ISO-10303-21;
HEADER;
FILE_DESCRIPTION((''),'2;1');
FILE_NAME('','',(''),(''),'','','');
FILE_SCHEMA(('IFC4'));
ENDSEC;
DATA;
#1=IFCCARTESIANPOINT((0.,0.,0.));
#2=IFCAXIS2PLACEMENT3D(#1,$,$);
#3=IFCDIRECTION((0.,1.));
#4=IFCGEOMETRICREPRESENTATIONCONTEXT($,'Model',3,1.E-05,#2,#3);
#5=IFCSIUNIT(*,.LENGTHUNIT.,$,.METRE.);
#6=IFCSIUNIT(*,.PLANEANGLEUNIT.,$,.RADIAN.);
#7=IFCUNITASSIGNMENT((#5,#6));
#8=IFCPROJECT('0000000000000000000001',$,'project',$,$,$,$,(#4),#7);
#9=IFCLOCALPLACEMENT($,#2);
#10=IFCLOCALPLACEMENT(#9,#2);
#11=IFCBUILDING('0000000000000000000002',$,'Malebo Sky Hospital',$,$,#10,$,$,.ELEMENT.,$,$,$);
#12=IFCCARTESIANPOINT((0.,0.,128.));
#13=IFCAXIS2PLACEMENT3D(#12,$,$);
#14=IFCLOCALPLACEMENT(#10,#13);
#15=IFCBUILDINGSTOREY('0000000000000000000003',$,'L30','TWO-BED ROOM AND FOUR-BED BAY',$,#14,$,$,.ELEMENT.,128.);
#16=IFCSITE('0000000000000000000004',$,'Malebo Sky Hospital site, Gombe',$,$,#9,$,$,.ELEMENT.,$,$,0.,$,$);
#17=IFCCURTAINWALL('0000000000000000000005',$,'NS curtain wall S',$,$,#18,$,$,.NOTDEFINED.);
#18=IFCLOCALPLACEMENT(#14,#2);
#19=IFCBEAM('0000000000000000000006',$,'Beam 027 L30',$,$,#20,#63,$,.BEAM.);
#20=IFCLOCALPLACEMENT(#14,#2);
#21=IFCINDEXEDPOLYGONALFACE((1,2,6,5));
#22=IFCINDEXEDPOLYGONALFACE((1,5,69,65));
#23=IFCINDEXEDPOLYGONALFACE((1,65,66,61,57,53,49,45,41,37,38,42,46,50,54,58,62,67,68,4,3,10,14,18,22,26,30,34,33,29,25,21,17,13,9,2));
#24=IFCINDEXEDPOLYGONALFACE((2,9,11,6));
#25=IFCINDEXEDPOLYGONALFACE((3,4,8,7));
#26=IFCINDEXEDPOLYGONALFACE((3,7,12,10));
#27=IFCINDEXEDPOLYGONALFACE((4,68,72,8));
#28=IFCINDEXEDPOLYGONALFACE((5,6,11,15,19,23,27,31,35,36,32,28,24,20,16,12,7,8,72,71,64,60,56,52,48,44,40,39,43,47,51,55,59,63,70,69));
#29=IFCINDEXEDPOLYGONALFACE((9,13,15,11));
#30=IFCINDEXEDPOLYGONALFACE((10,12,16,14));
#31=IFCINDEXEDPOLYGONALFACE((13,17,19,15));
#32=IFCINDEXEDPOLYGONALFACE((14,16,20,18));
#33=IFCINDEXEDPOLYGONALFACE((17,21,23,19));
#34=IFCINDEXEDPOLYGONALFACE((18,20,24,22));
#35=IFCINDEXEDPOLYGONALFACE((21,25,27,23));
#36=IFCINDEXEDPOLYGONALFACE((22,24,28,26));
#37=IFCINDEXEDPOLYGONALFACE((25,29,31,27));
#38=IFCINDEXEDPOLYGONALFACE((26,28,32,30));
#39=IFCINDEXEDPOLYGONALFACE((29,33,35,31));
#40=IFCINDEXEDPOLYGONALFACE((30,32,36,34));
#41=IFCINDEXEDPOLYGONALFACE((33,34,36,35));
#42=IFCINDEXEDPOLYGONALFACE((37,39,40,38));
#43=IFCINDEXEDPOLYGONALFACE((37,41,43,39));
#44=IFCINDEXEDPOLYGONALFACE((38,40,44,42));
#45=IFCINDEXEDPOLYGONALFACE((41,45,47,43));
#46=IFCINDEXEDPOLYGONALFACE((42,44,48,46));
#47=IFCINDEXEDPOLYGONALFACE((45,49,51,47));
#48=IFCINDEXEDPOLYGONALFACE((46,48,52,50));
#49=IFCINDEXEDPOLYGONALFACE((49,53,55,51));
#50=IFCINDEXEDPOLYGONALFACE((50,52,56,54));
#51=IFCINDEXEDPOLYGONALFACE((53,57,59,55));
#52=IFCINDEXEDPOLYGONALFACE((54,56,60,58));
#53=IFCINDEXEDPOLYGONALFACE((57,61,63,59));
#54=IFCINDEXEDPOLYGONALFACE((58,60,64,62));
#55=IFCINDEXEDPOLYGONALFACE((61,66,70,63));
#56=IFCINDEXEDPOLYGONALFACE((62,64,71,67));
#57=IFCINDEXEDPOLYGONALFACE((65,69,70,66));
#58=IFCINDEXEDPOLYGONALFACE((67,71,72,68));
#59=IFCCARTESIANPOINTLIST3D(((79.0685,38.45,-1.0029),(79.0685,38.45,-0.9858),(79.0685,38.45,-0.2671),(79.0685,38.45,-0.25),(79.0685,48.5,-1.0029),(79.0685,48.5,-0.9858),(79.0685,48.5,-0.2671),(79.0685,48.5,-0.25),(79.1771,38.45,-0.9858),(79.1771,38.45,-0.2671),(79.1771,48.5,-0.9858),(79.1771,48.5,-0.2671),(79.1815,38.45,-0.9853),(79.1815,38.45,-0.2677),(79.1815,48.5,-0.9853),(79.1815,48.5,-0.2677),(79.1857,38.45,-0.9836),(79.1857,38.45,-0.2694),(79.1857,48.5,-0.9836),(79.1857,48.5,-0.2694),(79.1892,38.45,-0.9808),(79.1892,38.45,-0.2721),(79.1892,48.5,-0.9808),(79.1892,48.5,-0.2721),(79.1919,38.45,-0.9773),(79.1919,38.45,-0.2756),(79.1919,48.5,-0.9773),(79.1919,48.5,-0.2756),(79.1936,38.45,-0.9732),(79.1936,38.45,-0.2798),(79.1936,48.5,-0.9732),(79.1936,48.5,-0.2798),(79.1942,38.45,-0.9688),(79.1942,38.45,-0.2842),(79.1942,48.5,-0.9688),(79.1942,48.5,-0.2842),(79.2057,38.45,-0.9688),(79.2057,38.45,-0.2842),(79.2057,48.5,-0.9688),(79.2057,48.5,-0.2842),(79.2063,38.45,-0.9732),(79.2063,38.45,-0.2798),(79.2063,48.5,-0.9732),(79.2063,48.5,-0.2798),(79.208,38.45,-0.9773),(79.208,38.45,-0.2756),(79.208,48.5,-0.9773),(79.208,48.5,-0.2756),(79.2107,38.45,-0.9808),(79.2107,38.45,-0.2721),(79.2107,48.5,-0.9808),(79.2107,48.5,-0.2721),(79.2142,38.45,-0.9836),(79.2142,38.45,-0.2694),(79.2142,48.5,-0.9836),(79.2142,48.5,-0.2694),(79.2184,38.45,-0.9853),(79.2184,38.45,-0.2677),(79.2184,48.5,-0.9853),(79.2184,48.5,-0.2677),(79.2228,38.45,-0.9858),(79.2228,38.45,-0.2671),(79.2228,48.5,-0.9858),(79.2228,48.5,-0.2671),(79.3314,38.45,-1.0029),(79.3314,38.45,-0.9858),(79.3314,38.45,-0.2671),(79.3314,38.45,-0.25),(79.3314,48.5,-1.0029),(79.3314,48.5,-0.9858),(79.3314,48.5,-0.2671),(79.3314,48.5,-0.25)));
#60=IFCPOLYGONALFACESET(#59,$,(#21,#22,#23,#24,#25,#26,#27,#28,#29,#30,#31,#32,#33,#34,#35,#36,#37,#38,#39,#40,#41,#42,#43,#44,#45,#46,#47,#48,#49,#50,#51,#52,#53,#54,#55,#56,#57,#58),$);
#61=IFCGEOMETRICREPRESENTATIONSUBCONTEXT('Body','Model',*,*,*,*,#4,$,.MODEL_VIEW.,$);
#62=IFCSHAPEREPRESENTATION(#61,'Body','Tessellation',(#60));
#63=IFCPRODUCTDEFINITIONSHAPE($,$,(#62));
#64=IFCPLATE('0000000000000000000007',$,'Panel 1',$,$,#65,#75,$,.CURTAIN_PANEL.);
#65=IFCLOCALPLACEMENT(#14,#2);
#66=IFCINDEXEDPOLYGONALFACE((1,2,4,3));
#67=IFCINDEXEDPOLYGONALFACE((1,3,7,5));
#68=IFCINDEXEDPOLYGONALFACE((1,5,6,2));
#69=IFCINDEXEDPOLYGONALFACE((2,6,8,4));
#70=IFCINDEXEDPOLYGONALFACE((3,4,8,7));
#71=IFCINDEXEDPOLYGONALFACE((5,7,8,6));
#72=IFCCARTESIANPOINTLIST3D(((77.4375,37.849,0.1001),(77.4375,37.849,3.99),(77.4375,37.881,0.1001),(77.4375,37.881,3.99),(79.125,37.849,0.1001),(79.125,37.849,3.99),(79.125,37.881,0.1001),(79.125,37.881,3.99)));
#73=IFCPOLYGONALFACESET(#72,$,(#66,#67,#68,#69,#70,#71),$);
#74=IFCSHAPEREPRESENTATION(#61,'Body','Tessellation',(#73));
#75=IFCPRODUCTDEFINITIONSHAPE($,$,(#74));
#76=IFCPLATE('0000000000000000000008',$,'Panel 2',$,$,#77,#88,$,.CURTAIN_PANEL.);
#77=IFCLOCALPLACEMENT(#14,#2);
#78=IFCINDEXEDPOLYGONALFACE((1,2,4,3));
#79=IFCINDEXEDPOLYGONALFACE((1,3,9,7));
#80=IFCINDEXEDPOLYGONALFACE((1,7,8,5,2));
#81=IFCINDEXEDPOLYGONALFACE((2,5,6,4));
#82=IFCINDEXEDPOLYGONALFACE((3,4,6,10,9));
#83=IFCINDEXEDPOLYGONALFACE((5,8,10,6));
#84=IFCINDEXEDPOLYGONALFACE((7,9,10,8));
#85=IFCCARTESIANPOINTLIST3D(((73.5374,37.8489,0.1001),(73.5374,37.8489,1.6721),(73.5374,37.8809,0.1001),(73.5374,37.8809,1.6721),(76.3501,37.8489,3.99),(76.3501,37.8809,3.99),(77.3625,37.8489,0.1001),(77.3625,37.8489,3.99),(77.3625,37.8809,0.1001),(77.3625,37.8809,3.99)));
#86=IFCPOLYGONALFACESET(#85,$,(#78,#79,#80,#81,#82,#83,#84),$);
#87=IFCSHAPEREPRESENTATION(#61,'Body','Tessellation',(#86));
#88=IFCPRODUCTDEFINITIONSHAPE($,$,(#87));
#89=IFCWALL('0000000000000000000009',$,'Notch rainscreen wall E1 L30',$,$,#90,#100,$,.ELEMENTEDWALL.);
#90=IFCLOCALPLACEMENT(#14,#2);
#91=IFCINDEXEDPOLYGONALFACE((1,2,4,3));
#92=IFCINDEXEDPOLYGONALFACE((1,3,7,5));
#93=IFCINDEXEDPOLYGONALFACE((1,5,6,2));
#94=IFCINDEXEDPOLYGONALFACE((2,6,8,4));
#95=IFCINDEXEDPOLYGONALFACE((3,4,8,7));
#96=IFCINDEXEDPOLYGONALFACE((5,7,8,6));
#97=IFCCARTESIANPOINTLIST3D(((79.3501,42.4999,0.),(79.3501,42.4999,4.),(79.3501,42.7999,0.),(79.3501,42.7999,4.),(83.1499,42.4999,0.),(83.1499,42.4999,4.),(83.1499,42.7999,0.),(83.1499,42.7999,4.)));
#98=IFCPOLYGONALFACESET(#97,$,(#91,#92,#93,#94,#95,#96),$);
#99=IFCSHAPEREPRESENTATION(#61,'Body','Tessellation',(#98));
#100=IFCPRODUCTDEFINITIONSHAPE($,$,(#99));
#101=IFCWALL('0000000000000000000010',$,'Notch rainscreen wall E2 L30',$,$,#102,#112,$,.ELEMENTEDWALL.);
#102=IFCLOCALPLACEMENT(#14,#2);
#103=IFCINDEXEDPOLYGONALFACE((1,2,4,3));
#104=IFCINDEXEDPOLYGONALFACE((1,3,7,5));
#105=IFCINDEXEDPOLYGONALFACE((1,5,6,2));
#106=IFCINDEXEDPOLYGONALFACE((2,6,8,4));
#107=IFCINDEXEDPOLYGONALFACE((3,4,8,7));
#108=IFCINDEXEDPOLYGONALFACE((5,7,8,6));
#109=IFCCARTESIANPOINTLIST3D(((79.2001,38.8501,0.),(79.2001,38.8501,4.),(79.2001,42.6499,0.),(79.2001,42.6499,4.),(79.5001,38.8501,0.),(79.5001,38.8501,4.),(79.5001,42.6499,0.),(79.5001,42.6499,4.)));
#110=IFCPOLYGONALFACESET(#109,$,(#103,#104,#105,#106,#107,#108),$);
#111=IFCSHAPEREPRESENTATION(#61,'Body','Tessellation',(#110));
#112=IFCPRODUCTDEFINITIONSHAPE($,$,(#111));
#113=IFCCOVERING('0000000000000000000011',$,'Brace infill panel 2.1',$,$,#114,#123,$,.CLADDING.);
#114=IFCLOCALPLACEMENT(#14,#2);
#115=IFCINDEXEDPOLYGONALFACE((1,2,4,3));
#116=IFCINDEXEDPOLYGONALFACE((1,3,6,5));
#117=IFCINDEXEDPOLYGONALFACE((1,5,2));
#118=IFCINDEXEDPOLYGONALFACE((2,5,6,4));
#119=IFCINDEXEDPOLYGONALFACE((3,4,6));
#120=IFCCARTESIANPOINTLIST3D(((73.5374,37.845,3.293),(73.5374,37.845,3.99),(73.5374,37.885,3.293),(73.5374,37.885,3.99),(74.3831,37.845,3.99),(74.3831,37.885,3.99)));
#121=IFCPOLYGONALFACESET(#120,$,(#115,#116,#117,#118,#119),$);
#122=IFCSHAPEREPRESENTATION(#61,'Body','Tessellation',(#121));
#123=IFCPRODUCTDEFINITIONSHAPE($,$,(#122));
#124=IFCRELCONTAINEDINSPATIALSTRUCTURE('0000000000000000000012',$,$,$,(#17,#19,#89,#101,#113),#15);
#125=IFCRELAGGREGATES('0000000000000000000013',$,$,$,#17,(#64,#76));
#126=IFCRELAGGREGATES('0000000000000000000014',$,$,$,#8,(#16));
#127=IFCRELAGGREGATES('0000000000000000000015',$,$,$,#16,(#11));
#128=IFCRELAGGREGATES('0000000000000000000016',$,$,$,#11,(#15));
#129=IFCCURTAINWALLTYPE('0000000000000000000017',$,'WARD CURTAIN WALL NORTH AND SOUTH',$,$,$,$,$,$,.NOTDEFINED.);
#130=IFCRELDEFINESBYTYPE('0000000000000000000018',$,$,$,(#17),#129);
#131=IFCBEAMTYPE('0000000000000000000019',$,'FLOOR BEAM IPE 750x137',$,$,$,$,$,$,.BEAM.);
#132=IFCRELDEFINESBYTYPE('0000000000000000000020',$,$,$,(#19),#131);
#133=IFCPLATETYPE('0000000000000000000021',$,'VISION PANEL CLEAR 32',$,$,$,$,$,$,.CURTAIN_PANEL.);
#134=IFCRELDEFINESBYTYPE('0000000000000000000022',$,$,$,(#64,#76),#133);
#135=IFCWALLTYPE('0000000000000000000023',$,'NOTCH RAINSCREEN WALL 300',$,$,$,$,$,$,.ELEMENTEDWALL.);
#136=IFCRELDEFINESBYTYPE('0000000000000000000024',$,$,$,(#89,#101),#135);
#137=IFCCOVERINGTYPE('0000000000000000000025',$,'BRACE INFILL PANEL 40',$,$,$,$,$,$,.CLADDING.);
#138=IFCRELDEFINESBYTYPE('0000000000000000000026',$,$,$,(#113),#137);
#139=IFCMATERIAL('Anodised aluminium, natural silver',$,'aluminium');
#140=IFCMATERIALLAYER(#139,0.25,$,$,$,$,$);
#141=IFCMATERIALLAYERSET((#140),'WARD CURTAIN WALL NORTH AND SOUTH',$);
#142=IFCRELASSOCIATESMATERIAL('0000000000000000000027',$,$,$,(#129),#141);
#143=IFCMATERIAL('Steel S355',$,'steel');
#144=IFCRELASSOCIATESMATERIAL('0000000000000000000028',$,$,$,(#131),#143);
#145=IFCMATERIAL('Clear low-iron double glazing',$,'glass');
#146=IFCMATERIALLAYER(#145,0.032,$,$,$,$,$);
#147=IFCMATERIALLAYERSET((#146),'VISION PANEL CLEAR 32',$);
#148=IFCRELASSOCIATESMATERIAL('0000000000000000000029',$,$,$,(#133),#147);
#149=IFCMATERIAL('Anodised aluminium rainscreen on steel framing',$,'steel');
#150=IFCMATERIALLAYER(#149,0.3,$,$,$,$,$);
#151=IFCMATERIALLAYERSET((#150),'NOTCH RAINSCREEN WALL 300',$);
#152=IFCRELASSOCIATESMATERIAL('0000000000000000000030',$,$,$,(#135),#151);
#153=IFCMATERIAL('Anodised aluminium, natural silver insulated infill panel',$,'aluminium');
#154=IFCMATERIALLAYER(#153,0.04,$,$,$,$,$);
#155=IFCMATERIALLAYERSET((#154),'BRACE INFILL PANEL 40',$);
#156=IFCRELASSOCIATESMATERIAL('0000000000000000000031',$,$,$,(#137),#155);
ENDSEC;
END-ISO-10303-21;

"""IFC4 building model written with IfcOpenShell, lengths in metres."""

from ifc_helpers import new_model, si_unit, direction, frame, frame_2d, origin, origin_2d, place, context, subcontext, project, spatial, polyline, rectangle, i_section, outline, extrude, material, layer, layer_set, material_profile, profile_set, type_object, element, aggregate, save


model = new_model("IFC4")

# Units and contexts
model_context = context("Model", 3, precision=1e-05, world=origin(), true_north=direction((0.0, 1.0)))
body_context = subcontext(model_context, "Body", "Model", "MODEL_VIEW")
ifc_project = project(units=[si_unit("LENGTHUNIT", "METRE"), si_unit("PLANEANGLEUNIT", "RADIAN")], contexts=[model_context])

# Site, building, storey
site_placement = place(None, origin())
site = spatial("IfcSite", under=ifc_project, at=site_placement, Name="Malebo Sky Hospital site, Gombe", CompositionType="ELEMENT", RefElevation=0.0)
building_placement = place(site_placement, origin())
building = spatial("IfcBuilding", under=site, at=building_placement, Name="Malebo Sky Hospital", CompositionType="ELEMENT")
storey_placement = place(building_placement, frame((0.0, 0.0, 128.0)))
storey = spatial("IfcBuildingStorey", under=building, at=storey_placement, Name="L30", Description="TWO-BED ROOM AND FOUR-BED BAY", CompositionType="ELEMENT", Elevation=128.0)

# Curtain wall
ifc_material_1 = material(Name="Anodised aluminium, natural silver", Category="aluminium")
ifc_layer_1 = layer(ifc_material_1, 0.25)
ifc_layer_set_1 = layer_set([ifc_layer_1], Name="WARD CURTAIN WALL NORTH AND SOUTH")
curtain_wall_type_1 = type_object("IfcCurtainWallType", Name="WARD CURTAIN WALL NORTH AND SOUTH", PredefinedType="NOTDEFINED", material=ifc_layer_set_1)
curtain_wall_1_placement = place(storey_placement, origin())
curtain_wall_1 = element("IfcCurtainWall", 1, at=curtain_wall_1_placement, inside=storey, type_object=curtain_wall_type_1, Name="NS curtain wall S", PredefinedType="NOTDEFINED")

# Beam
ifc_material_2 = material(Name="Steel S355", Category="steel")
ifc_material_profile_1 = material_profile(ifc_material_2, i_section(OverallWidth=0.2629, OverallDepth=0.7529, WebThickness=0.0115, FlangeThickness=0.0171, FilletRadius=0.0171, at=origin_2d()), Name="IPE 750x137")
ifc_profile_set_1 = profile_set([ifc_material_profile_1], Name="Steel S355")
beam_type_1 = type_object("IfcBeamType", Name="FLOOR BEAM IPE 750x137", PredefinedType="BEAM", material=ifc_profile_set_1)
beam_1_placement = place(storey_placement, frame((79.2, 38.45, -0.6265), z_axis=(0.0, 1.0, 0.0), x_axis=(-1.0, 0.0, 0.0)))
element("IfcBeam", 2, at=beam_1_placement, inside=storey, type_object=beam_type_1, Name="Beam 027 L30", PredefinedType="BEAM", context=body_context, shape_type="SweptSolid", body=[
    extrude(i_section(OverallWidth=0.2629, OverallDepth=0.7529, WebThickness=0.0115, FlangeThickness=0.0171, FilletRadius=0.0171, at=origin_2d()), origin(), (0.0, 0.0, 1.0), 10.05),
])

# Plates
ifc_material_3 = material(Name="Clear low-iron double glazing", Category="glass")
ifc_layer_2 = layer(ifc_material_3, 0.032)
ifc_layer_set_2 = layer_set([ifc_layer_2], Name="VISION PANEL CLEAR 32")
plate_type = type_object("IfcPlateType", Name="VISION PANEL CLEAR 32", PredefinedType="CURTAIN_PANEL", material=ifc_layer_set_2)
plate_1_placement = place(storey_placement, frame((78.2812, 37.865, 0.1001), z_axis=(0.0, 0.0, 1.0), x_axis=(-1.0, 0.0, 0.0)))
plate_1 = element("IfcPlate", 3, at=plate_1_placement, type_object=plate_type, Name="Panel 1", PredefinedType="CURTAIN_PANEL", context=body_context, shape_type="SweptSolid", body=[
    extrude(rectangle(XDim=1.6875, YDim=0.032, at=origin_2d()), origin(), (0.0, 0.0, 1.0), 3.8899),
])
plate_2_placement = place(storey_placement, frame((75.45, 37.865, 0.1001), z_axis=(0.0, 0.0, 1.0), x_axis=(-1.0, 0.0, 0.0)))
plate_2 = element("IfcPlate", 4, at=plate_2_placement, type_object=plate_type, Name="Panel 2", PredefinedType="CURTAIN_PANEL", context=body_context, shape_type="SweptSolid", body=[
    extrude(outline(polyline([(-1.9126, 0.0), (1.9126, 0.0), (1.9126, 1.572), (-0.9001, 3.8899), (-1.9126, 3.8899), (-1.9126, 0.0)])), frame((0.0, 0.0161, 0.0), z_axis=(0.0, -1.0, 0.0), x_axis=(1.0, 0.0, 0.0)), (0.0, 0.0, 1.0), 0.032),
])
aggregate(curtain_wall_1, [plate_1, plate_2])

# Walls
ifc_material_4 = material(Name="Anodised aluminium rainscreen on steel framing", Category="steel")
ifc_layer_3 = layer(ifc_material_4, 0.3)
ifc_layer_set_3 = layer_set([ifc_layer_3], Name="NOTCH RAINSCREEN WALL 300")
wall_type = type_object("IfcWallType", Name="NOTCH RAINSCREEN WALL 300", PredefinedType="ELEMENTEDWALL", material=ifc_layer_set_3)
for number, where, z_axis, x_axis, name in (
    (5, (83.1499, 42.6499, 0.0), (0.0, 0.0, 1.0), (-1.0, 0.0, 0.0), "Notch rainscreen wall E1 L30"),
    (6, (79.3501, 42.6499, 0.0), (0.0, 0.0, 1.0), (0.0, -1.0, 0.0), "Notch rainscreen wall E2 L30"),
):
    element("IfcWall", number, at=place(storey_placement, frame(where, z_axis=z_axis, x_axis=x_axis)), inside=storey, type_object=wall_type, Name=name, PredefinedType="ELEMENTEDWALL", context=body_context, shape_type="SweptSolid", body=[
        extrude(rectangle(XDim=3.7998, YDim=0.3, at=frame_2d((1.8999, 0.0))), origin(), (0.0, 0.0, 1.0), 4.0),
    ])

# Covering
ifc_material_5 = material(Name="Anodised aluminium, natural silver insulated infill panel", Category="aluminium")
ifc_layer_4 = layer(ifc_material_5, 0.04)
ifc_layer_set_4 = layer_set([ifc_layer_4], Name="BRACE INFILL PANEL 40")
covering_type = type_object("IfcCoveringType", Name="BRACE INFILL PANEL 40", PredefinedType="CLADDING", material=ifc_layer_set_4)
covering_placement = place(storey_placement, frame((73.9602, 37.865, 3.293), z_axis=(0.0, 0.0, 1.0), x_axis=(-1.0, 0.0, 0.0)))
element("IfcCovering", 7, at=covering_placement, inside=storey, type_object=covering_type, Name="Brace infill panel 2.1", PredefinedType="CLADDING", context=body_context, shape_type="SweptSolid", body=[
    extrude(outline(polyline([(0.4229, 0.0), (0.4229, 0.697), (-0.4229, 0.697), (0.4229, 0.0)])), frame((0.0, 0.02, 0.0), z_axis=(0.0, -1.0, 0.0), x_axis=(1.0, 0.0, 0.0)), (0.0, 0.0, 1.0), 0.04),
])

save(model, "model.ifc")
